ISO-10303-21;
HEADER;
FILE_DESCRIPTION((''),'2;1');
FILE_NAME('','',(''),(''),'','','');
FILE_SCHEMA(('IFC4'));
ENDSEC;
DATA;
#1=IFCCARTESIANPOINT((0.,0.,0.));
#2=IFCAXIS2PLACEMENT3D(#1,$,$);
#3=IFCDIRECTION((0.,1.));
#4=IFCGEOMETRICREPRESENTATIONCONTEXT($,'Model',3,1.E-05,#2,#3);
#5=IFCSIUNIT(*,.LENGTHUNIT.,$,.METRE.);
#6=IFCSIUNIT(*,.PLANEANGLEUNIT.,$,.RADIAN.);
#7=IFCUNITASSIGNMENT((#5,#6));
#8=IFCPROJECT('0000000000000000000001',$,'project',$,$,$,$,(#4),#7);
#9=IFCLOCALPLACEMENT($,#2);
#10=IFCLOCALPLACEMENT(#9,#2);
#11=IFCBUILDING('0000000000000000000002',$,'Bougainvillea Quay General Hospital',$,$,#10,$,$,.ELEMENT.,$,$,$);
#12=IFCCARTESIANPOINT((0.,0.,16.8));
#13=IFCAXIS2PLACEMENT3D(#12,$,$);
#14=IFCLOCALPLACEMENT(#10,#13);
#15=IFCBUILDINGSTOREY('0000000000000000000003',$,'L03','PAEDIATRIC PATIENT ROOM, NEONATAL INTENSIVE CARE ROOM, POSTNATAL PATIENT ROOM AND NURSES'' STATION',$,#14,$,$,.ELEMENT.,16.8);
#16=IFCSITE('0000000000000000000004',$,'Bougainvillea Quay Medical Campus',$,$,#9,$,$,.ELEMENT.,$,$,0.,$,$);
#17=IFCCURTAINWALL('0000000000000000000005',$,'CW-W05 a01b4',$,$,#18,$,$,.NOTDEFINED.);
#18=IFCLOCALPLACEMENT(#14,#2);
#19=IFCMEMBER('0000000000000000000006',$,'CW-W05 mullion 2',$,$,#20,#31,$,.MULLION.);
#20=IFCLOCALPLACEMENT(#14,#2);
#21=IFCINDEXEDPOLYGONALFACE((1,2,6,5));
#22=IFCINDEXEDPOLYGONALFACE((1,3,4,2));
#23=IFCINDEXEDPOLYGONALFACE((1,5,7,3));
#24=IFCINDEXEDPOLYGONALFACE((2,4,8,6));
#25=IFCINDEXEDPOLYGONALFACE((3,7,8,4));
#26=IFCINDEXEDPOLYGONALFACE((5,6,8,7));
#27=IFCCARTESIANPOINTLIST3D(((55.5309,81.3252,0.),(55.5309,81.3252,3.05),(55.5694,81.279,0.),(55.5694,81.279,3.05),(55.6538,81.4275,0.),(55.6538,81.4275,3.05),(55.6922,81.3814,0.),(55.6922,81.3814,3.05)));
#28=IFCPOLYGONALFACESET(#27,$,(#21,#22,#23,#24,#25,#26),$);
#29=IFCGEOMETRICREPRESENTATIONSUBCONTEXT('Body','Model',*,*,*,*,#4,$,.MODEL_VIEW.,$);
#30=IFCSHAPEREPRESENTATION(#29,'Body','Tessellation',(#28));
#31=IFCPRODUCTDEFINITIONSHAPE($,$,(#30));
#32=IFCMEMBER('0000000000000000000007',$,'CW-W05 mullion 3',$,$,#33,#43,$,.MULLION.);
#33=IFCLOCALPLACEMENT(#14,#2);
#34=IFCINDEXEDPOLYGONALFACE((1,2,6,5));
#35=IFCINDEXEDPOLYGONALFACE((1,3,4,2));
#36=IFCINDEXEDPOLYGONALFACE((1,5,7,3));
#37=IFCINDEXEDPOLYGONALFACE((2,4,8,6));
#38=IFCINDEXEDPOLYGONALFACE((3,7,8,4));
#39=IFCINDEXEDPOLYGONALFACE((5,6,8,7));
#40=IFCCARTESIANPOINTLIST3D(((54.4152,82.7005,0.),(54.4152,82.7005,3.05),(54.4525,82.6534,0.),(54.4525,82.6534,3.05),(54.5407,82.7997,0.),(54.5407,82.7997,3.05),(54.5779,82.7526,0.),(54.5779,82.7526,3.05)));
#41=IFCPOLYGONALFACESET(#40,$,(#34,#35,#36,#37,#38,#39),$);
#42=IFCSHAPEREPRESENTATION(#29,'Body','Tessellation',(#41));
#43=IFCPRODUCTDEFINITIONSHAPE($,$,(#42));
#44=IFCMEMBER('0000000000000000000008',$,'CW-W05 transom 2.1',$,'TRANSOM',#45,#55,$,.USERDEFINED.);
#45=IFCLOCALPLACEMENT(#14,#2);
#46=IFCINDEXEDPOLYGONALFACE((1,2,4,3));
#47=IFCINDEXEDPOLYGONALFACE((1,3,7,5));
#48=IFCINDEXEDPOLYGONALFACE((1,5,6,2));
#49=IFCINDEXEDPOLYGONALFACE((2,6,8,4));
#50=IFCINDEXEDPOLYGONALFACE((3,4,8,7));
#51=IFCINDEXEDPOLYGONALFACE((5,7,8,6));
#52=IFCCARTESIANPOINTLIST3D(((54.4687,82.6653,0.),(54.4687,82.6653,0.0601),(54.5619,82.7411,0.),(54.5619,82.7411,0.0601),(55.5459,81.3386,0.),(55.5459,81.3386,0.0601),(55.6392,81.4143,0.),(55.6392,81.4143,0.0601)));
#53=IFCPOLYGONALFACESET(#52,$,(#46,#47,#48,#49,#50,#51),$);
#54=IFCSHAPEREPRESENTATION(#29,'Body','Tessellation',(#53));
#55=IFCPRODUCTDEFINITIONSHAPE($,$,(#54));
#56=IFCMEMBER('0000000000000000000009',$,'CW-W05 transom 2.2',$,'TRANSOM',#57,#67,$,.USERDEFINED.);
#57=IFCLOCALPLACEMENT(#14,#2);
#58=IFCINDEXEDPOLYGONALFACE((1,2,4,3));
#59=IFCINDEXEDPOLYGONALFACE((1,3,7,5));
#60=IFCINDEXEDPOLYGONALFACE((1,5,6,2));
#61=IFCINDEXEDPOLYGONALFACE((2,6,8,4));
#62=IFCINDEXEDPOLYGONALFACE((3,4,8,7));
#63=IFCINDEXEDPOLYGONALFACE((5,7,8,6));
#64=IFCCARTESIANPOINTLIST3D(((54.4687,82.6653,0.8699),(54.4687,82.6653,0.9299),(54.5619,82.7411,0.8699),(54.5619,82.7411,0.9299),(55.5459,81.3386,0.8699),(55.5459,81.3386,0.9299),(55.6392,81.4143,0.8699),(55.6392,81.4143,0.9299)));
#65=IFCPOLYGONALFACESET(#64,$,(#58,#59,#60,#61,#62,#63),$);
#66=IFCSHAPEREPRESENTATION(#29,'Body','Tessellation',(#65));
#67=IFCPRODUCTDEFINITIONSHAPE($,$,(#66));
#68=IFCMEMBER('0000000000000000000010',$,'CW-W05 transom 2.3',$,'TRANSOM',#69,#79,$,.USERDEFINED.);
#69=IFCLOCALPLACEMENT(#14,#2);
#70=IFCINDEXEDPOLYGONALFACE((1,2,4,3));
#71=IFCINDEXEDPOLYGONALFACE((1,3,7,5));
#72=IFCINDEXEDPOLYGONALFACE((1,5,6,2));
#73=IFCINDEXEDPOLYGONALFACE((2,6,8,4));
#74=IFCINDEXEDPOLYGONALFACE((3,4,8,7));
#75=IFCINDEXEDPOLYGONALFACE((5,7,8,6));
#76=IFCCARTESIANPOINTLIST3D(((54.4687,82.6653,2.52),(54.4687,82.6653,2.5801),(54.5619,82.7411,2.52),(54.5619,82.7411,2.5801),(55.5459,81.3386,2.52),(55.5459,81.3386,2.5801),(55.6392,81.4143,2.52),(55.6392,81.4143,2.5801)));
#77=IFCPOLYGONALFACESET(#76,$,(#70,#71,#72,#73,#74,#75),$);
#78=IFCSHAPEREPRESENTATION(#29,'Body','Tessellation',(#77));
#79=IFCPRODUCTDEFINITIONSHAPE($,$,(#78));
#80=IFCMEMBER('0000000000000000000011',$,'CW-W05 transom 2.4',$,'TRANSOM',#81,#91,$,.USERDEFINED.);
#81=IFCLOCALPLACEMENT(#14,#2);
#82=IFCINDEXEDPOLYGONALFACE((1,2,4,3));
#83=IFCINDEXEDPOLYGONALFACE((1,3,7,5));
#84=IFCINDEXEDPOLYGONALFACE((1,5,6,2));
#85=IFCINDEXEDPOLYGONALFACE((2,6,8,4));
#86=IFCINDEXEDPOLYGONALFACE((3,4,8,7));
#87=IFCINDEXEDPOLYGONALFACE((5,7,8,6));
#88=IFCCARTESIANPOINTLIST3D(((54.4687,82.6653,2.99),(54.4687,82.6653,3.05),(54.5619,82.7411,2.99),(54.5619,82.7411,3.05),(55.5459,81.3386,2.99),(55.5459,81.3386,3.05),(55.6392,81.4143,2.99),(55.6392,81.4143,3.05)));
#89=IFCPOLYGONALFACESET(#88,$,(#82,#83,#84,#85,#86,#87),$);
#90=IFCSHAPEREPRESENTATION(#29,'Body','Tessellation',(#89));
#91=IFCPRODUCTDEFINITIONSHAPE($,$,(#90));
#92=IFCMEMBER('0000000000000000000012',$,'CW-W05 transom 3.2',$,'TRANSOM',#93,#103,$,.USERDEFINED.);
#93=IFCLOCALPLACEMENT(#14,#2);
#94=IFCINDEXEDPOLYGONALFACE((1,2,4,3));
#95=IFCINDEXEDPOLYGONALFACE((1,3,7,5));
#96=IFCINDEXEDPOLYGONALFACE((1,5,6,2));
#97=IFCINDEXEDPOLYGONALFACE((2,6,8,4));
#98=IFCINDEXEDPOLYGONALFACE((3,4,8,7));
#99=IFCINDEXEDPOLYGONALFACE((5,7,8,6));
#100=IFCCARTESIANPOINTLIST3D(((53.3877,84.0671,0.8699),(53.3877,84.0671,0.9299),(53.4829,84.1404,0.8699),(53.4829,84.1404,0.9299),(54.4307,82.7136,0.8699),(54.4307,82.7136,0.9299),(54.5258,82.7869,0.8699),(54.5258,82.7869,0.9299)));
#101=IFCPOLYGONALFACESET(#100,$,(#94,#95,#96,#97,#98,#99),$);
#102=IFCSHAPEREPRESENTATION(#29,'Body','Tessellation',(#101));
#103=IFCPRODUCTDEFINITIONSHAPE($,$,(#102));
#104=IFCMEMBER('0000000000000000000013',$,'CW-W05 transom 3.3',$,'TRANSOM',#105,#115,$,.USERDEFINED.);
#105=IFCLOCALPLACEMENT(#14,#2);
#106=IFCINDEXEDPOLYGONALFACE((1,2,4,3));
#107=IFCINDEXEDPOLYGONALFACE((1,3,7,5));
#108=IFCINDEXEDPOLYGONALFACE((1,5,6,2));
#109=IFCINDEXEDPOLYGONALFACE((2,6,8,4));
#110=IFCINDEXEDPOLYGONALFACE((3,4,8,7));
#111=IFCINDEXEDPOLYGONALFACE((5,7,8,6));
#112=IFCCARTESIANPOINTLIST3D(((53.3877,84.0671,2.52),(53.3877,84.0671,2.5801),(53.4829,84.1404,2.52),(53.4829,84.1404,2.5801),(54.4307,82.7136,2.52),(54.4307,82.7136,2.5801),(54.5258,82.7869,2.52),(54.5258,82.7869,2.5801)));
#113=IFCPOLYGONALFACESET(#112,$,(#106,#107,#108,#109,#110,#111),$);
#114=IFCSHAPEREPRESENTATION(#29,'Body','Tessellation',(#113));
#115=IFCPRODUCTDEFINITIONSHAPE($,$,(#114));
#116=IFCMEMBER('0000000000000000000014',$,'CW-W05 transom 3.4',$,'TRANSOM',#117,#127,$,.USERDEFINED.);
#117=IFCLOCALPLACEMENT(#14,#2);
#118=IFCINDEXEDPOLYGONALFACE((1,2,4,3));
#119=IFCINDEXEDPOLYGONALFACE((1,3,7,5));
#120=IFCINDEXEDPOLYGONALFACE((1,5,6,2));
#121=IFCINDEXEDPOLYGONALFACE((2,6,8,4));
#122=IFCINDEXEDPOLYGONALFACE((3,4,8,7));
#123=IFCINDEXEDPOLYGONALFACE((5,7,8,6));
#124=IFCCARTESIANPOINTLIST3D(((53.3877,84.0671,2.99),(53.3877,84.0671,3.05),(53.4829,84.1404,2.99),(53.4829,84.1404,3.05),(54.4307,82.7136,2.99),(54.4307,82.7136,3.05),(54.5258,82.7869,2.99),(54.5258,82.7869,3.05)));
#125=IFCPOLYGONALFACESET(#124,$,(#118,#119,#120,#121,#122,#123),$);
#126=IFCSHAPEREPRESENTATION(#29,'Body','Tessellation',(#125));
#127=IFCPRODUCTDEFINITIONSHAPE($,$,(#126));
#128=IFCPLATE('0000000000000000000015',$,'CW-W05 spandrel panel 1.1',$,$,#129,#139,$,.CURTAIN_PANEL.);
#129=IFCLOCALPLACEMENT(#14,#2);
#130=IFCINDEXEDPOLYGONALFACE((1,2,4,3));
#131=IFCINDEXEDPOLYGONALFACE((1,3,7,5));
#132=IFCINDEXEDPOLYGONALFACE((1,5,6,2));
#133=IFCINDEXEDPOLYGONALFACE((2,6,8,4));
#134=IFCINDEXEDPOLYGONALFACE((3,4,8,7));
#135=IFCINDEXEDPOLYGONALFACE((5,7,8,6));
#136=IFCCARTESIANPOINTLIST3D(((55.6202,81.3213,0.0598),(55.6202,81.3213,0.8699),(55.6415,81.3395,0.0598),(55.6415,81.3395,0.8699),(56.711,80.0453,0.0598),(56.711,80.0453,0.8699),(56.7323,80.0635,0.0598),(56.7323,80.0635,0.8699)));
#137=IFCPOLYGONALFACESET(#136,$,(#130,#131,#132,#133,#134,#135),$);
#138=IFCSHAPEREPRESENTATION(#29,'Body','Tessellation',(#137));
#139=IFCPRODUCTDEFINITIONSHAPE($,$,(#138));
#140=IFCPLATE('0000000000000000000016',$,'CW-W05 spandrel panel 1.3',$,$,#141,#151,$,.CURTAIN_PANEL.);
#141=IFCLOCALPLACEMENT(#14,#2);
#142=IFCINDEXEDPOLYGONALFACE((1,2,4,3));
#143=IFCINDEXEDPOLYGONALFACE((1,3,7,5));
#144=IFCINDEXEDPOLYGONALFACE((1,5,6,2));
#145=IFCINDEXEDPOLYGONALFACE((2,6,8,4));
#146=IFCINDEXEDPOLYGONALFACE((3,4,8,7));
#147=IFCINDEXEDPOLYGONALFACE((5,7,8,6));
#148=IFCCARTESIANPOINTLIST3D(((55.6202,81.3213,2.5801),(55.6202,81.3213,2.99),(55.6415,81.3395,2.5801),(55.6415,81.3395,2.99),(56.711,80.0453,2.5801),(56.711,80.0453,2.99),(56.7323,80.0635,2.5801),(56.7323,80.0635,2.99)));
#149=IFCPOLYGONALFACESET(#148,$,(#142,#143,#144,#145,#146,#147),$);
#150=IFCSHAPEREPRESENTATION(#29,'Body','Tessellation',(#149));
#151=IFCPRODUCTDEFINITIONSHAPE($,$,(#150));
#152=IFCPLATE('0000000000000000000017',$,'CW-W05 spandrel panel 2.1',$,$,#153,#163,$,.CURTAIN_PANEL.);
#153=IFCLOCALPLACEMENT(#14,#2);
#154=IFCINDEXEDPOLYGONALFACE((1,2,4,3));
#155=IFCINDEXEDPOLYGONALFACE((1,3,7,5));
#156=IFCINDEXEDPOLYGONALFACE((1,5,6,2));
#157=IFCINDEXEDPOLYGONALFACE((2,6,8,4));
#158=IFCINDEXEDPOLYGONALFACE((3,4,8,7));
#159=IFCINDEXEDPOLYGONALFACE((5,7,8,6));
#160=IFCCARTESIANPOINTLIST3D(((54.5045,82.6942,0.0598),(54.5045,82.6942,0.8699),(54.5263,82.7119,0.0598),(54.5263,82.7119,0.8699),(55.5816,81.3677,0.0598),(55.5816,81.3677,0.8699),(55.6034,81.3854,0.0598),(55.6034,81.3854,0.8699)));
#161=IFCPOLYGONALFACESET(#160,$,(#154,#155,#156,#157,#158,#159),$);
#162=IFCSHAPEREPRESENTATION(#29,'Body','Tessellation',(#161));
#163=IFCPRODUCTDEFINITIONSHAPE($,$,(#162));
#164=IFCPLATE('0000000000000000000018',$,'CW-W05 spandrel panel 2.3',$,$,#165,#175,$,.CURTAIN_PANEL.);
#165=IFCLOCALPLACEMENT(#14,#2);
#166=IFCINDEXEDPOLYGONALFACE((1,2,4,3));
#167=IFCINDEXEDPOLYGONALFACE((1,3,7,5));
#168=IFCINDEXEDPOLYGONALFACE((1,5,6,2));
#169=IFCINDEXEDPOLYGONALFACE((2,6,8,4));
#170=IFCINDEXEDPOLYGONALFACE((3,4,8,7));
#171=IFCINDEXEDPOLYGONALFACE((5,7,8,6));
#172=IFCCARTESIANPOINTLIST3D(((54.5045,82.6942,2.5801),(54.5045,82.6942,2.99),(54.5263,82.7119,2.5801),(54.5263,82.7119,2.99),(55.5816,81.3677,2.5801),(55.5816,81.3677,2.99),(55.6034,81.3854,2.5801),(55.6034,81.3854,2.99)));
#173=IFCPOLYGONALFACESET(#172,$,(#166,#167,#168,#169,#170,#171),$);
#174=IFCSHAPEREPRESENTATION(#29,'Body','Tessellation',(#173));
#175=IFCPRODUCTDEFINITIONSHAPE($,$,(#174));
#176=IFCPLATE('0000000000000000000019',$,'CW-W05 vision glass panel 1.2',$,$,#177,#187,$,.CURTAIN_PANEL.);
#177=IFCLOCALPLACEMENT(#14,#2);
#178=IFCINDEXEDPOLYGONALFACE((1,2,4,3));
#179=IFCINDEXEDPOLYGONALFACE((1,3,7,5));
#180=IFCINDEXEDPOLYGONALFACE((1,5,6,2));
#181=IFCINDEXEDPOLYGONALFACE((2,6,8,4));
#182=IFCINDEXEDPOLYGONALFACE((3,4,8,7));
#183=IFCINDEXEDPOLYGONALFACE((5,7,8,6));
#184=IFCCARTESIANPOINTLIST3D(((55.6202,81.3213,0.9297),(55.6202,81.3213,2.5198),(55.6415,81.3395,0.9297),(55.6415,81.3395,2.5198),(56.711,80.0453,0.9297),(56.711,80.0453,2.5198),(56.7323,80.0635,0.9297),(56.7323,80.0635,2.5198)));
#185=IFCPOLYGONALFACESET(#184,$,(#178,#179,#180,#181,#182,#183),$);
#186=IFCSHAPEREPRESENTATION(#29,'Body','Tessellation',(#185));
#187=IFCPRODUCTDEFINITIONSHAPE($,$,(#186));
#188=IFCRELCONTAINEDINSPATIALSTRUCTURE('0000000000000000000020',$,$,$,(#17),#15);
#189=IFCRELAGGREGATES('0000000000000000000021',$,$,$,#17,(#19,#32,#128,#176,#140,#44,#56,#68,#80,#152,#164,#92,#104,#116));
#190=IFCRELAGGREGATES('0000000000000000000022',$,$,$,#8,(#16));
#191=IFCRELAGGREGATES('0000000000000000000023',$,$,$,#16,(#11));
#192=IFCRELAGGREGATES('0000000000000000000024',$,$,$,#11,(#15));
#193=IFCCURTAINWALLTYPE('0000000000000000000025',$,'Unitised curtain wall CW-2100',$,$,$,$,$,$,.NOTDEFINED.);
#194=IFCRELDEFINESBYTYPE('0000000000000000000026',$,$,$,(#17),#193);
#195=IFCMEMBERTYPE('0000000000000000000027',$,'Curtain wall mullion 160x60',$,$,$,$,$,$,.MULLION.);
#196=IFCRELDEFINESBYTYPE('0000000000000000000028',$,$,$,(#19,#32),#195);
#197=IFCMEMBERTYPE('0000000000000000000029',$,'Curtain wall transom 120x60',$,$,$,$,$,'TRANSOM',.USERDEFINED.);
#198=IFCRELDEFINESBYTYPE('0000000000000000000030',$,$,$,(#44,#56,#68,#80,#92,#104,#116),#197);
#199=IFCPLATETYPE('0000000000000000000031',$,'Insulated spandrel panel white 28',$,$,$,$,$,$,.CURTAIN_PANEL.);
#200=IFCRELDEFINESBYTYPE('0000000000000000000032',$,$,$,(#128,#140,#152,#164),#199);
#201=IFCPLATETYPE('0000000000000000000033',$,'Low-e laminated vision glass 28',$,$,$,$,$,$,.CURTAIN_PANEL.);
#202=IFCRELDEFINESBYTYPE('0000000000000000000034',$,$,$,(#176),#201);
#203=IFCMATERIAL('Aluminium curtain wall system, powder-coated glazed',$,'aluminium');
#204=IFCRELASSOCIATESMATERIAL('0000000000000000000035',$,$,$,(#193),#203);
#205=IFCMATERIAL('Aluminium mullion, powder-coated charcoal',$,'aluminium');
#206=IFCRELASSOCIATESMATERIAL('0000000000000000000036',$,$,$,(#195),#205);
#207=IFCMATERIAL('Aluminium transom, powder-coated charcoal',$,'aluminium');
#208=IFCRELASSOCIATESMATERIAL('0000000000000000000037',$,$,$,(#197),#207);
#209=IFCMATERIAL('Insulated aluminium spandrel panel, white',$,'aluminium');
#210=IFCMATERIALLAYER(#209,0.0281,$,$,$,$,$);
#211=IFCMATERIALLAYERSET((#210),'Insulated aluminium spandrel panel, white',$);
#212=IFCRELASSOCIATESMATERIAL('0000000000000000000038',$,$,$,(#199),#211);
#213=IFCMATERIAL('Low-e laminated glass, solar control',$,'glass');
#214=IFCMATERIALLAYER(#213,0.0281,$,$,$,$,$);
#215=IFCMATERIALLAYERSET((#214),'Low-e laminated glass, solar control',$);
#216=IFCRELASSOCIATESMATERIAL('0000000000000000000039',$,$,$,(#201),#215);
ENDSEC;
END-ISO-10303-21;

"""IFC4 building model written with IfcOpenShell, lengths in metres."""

from ifc_helpers import new_model, si_unit, direction, frame, origin, origin_2d, place, context, subcontext, project, spatial, rectangle, extrude, material, layer, layer_set, material_profile, profile_set, type_object, element, aggregate, save


model = new_model("IFC4")

# Units and contexts
model_context = context("Model", 3, precision=1e-05, world=origin(), true_north=direction((0.0, 1.0)))
body_context = subcontext(model_context, "Body", "Model", "MODEL_VIEW")
ifc_project = project(units=[si_unit("LENGTHUNIT", "METRE"), si_unit("PLANEANGLEUNIT", "RADIAN")], contexts=[model_context])

# Site, building, storey
site_placement = place(None, origin())
site = spatial("IfcSite", under=ifc_project, at=site_placement, Name="Bougainvillea Quay Medical Campus", CompositionType="ELEMENT", RefElevation=0.0)
building_placement = place(site_placement, origin())
building = spatial("IfcBuilding", under=site, at=building_placement, Name="Bougainvillea Quay General Hospital", CompositionType="ELEMENT")
storey_placement = place(building_placement, frame((0.0, 0.0, 16.8)))
storey = spatial("IfcBuildingStorey", under=building, at=storey_placement, Name="L03", Description="PAEDIATRIC PATIENT ROOM, NEONATAL INTENSIVE CARE ROOM, POSTNATAL PATIENT ROOM AND NURSES' STATION", CompositionType="ELEMENT", Elevation=16.8)

# Curtain wall, members, plates
ifc_material_1 = material(Name="Aluminium curtain wall system, powder-coated glazed", Category="aluminium")
curtain_wall_type = type_object("IfcCurtainWallType", Name="Unitised curtain wall CW-2100", PredefinedType="NOTDEFINED", material=ifc_material_1)
curtain_wall_placement = place(storey_placement, origin())
curtain_wall = element("IfcCurtainWall", 1, at=curtain_wall_placement, inside=storey, type_object=curtain_wall_type, Name="CW-W05 a01b4", PredefinedType="NOTDEFINED")
ifc_material_2 = material(Name="Aluminium mullion, powder-coated charcoal", Category="aluminium")
ifc_material_profile_1 = material_profile(ifc_material_2, rectangle(XDim=0.1599, YDim=0.0601, at=origin_2d()))
ifc_profile_set_1 = profile_set([ifc_material_profile_1], Name="Aluminium mullion, powder-coated charcoal")
member_type_1 = type_object("IfcMemberType", Name="Curtain wall mullion 160x60", PredefinedType="MULLION", material=ifc_profile_set_1)
member_1_placement = place(storey_placement, frame((55.6116, 81.3533, 0.0), z_axis=(0.0, 0.0, 1.0), x_axis=(-0.768295, -0.640096, 0.0)))
member_1 = element("IfcMember", 2, at=member_1_placement, type_object=member_type_1, Name="CW-W05 mullion 2", PredefinedType="MULLION", context=body_context, shape_type="SweptSolid", body=[
    extrude(rectangle(XDim=0.1599, YDim=0.0601, at=origin_2d()), origin(), (0.0, 0.0, 1.0), 3.05),
])
member_2_placement = place(storey_placement, frame((54.4966, 82.7266, 0.0), z_axis=(0.0, 0.0, 1.0), x_axis=(-0.784279, -0.620409, 0.0)))
member_2 = element("IfcMember", 3, at=member_2_placement, type_object=member_type_1, Name="CW-W05 mullion 3", PredefinedType="MULLION", context=body_context, shape_type="SweptSolid", body=[
    extrude(rectangle(XDim=0.1599, YDim=0.0601, at=origin_2d()), origin(), (0.0, 0.0, 1.0), 3.05),
])
ifc_material_3 = material(Name="Aluminium transom, powder-coated charcoal", Category="aluminium")
ifc_material_profile_2 = material_profile(ifc_material_3, rectangle(XDim=0.1201, YDim=0.0601, at=origin_2d()))
ifc_profile_set_2 = profile_set([ifc_material_profile_2], Name="Aluminium transom, powder-coated charcoal")
member_type_2 = type_object("IfcMemberType", Name="Curtain wall transom 120x60", ElementType="TRANSOM", PredefinedType="USERDEFINED", material=ifc_profile_set_2)
member_3_placement = place(storey_placement, frame((55.5925, 81.3765, 0.03), z_axis=(-0.630324, 0.776332, 0.0), x_axis=(-0.776332, -0.630324, 0.0)))
member_3 = element("IfcMember", 4, at=member_3_placement, type_object=member_type_2, Name="CW-W05 transom 2.1", ObjectType="TRANSOM", PredefinedType="USERDEFINED", context=body_context, shape_type="SweptSolid", body=[
    extrude(rectangle(XDim=0.1201, YDim=0.0601, at=origin_2d()), origin(), (0.0, 0.0, 1.0), 1.709),
])
member_4_placement = place(storey_placement, frame((55.5925, 81.3765, 0.8999), z_axis=(-0.630324, 0.776332, 0.0), x_axis=(-0.776332, -0.630324, 0.0)))
member_4 = element("IfcMember", 5, at=member_4_placement, type_object=member_type_2, Name="CW-W05 transom 2.2", ObjectType="TRANSOM", PredefinedType="USERDEFINED", context=body_context, shape_type="SweptSolid", body=[
    extrude(rectangle(XDim=0.1201, YDim=0.0601, at=origin_2d()), origin(), (0.0, 0.0, 1.0), 1.709),
])
member_5_placement = place(storey_placement, frame((55.5925, 81.3765, 2.55), z_axis=(-0.630324, 0.776332, 0.0), x_axis=(-0.776332, -0.630324, 0.0)))
member_5 = element("IfcMember", 6, at=member_5_placement, type_object=member_type_2, Name="CW-W05 transom 2.3", ObjectType="TRANSOM", PredefinedType="USERDEFINED", context=body_context, shape_type="SweptSolid", body=[
    extrude(rectangle(XDim=0.1201, YDim=0.0601, at=origin_2d()), origin(), (0.0, 0.0, 1.0), 1.709),
])
member_6_placement = place(storey_placement, frame((55.5925, 81.3765, 3.02), z_axis=(-0.630324, 0.776332, 0.0), x_axis=(-0.776332, -0.630324, 0.0)))
member_6 = element("IfcMember", 7, at=member_6_placement, type_object=member_type_2, Name="CW-W05 transom 2.4", ObjectType="TRANSOM", PredefinedType="USERDEFINED", context=body_context, shape_type="SweptSolid", body=[
    extrude(rectangle(XDim=0.1201, YDim=0.0601, at=origin_2d()), origin(), (0.0, 0.0, 1.0), 1.709),
])
member_7_placement = place(storey_placement, frame((54.4783, 82.7502, 0.8999), z_axis=(-0.610373, 0.792114, 0.0), x_axis=(-0.792114, -0.610373, 0.0)))
member_7 = element("IfcMember", 8, at=member_7_placement, type_object=member_type_2, Name="CW-W05 transom 3.2", ObjectType="TRANSOM", PredefinedType="USERDEFINED", context=body_context, shape_type="SweptSolid", body=[
    extrude(rectangle(XDim=0.1201, YDim=0.0601, at=origin_2d()), origin(), (0.0, 0.0, 1.0), 1.7087),
])
member_8_placement = place(storey_placement, frame((54.4783, 82.7502, 2.55), z_axis=(-0.610373, 0.792114, 0.0), x_axis=(-0.792114, -0.610373, 0.0)))
member_8 = element("IfcMember", 9, at=member_8_placement, type_object=member_type_2, Name="CW-W05 transom 3.3", ObjectType="TRANSOM", PredefinedType="USERDEFINED", context=body_context, shape_type="SweptSolid", body=[
    extrude(rectangle(XDim=0.1201, YDim=0.0601, at=origin_2d()), origin(), (0.0, 0.0, 1.0), 1.7087),
])
member_9_placement = place(storey_placement, frame((54.4783, 82.7502, 3.02), z_axis=(-0.610373, 0.792114, 0.0), x_axis=(-0.792114, -0.610373, 0.0)))
member_9 = element("IfcMember", 10, at=member_9_placement, type_object=member_type_2, Name="CW-W05 transom 3.4", ObjectType="TRANSOM", PredefinedType="USERDEFINED", context=body_context, shape_type="SweptSolid", body=[
    extrude(rectangle(XDim=0.1201, YDim=0.0601, at=origin_2d()), origin(), (0.0, 0.0, 1.0), 1.7087),
])
ifc_material_4 = material(Name="Insulated aluminium spandrel panel, white", Category="aluminium")
ifc_layer_1 = layer(ifc_material_4, 0.0281)
ifc_layer_set_1 = layer_set([ifc_layer_1], Name="Insulated aluminium spandrel panel, white")
plate_type_1 = type_object("IfcPlateType", Name="Insulated spandrel panel white 28", PredefinedType="CURTAIN_PANEL", material=ifc_layer_set_1)
plate_1_placement = place(storey_placement, frame((56.1763, 80.6924, 0.0598), z_axis=(0.0, 0.0, 1.0), x_axis=(-0.649786, 0.760117, 0.0)))
plate_1 = element("IfcPlate", 11, at=plate_1_placement, type_object=plate_type_1, Name="CW-W05 spandrel panel 1.1", PredefinedType="CURTAIN_PANEL", context=body_context, shape_type="SweptSolid", body=[
    extrude(rectangle(XDim=1.6787, YDim=0.0281, at=origin_2d()), origin(), (0.0, 0.0, 1.0), 0.8101),
])
plate_2_placement = place(storey_placement, frame((56.1763, 80.6924, 2.5801), z_axis=(0.0, 0.0, 1.0), x_axis=(-0.649786, 0.760117, 0.0)))
plate_2 = element("IfcPlate", 12, at=plate_2_placement, type_object=plate_type_1, Name="CW-W05 spandrel panel 1.3", PredefinedType="CURTAIN_PANEL", context=body_context, shape_type="SweptSolid", body=[
    extrude(rectangle(XDim=1.6787, YDim=0.0281, at=origin_2d()), origin(), (0.0, 0.0, 1.0), 0.4099),
])
plate_3_placement = place(storey_placement, frame((55.054, 82.0398, 0.0598), z_axis=(0.0, 0.0, 1.0), x_axis=(-0.630303, 0.776349, 0.0)))
plate_3 = element("IfcPlate", 13, at=plate_3_placement, type_object=plate_type_1, Name="CW-W05 spandrel panel 2.1", PredefinedType="CURTAIN_PANEL", context=body_context, shape_type="SweptSolid", body=[
    extrude(rectangle(XDim=1.7087, YDim=0.0281, at=origin_2d()), origin(), (0.0, 0.0, 1.0), 0.8101),
])
plate_4_placement = place(storey_placement, frame((55.054, 82.0398, 2.5801), z_axis=(0.0, 0.0, 1.0), x_axis=(-0.630303, 0.776349, 0.0)))
plate_4 = element("IfcPlate", 14, at=plate_4_placement, type_object=plate_type_1, Name="CW-W05 spandrel panel 2.3", PredefinedType="CURTAIN_PANEL", context=body_context, shape_type="SweptSolid", body=[
    extrude(rectangle(XDim=1.7087, YDim=0.0281, at=origin_2d()), origin(), (0.0, 0.0, 1.0), 0.4099),
])
ifc_material_5 = material(Name="Low-e laminated glass, solar control", Category="glass")
ifc_layer_2 = layer(ifc_material_5, 0.0281)
ifc_layer_set_2 = layer_set([ifc_layer_2], Name="Low-e laminated glass, solar control")
plate_type_2 = type_object("IfcPlateType", Name="Low-e laminated vision glass 28", PredefinedType="CURTAIN_PANEL", material=ifc_layer_set_2)
plate_5_placement = place(storey_placement, frame((56.1763, 80.6924, 0.9297), z_axis=(0.0, 0.0, 1.0), x_axis=(-0.649786, 0.760117, 0.0)))
plate_5 = element("IfcPlate", 15, at=plate_5_placement, type_object=plate_type_2, Name="CW-W05 vision glass panel 1.2", PredefinedType="CURTAIN_PANEL", context=body_context, shape_type="SweptSolid", body=[
    extrude(rectangle(XDim=1.6787, YDim=0.0281, at=origin_2d()), origin(), (0.0, 0.0, 1.0), 1.5901),
])
aggregate(curtain_wall, [member_1, member_2, plate_1, plate_5, plate_2, member_3, member_4, member_5, member_6, plate_3, plate_4, member_7, member_8, member_9])

save(model, "model.ifc")
